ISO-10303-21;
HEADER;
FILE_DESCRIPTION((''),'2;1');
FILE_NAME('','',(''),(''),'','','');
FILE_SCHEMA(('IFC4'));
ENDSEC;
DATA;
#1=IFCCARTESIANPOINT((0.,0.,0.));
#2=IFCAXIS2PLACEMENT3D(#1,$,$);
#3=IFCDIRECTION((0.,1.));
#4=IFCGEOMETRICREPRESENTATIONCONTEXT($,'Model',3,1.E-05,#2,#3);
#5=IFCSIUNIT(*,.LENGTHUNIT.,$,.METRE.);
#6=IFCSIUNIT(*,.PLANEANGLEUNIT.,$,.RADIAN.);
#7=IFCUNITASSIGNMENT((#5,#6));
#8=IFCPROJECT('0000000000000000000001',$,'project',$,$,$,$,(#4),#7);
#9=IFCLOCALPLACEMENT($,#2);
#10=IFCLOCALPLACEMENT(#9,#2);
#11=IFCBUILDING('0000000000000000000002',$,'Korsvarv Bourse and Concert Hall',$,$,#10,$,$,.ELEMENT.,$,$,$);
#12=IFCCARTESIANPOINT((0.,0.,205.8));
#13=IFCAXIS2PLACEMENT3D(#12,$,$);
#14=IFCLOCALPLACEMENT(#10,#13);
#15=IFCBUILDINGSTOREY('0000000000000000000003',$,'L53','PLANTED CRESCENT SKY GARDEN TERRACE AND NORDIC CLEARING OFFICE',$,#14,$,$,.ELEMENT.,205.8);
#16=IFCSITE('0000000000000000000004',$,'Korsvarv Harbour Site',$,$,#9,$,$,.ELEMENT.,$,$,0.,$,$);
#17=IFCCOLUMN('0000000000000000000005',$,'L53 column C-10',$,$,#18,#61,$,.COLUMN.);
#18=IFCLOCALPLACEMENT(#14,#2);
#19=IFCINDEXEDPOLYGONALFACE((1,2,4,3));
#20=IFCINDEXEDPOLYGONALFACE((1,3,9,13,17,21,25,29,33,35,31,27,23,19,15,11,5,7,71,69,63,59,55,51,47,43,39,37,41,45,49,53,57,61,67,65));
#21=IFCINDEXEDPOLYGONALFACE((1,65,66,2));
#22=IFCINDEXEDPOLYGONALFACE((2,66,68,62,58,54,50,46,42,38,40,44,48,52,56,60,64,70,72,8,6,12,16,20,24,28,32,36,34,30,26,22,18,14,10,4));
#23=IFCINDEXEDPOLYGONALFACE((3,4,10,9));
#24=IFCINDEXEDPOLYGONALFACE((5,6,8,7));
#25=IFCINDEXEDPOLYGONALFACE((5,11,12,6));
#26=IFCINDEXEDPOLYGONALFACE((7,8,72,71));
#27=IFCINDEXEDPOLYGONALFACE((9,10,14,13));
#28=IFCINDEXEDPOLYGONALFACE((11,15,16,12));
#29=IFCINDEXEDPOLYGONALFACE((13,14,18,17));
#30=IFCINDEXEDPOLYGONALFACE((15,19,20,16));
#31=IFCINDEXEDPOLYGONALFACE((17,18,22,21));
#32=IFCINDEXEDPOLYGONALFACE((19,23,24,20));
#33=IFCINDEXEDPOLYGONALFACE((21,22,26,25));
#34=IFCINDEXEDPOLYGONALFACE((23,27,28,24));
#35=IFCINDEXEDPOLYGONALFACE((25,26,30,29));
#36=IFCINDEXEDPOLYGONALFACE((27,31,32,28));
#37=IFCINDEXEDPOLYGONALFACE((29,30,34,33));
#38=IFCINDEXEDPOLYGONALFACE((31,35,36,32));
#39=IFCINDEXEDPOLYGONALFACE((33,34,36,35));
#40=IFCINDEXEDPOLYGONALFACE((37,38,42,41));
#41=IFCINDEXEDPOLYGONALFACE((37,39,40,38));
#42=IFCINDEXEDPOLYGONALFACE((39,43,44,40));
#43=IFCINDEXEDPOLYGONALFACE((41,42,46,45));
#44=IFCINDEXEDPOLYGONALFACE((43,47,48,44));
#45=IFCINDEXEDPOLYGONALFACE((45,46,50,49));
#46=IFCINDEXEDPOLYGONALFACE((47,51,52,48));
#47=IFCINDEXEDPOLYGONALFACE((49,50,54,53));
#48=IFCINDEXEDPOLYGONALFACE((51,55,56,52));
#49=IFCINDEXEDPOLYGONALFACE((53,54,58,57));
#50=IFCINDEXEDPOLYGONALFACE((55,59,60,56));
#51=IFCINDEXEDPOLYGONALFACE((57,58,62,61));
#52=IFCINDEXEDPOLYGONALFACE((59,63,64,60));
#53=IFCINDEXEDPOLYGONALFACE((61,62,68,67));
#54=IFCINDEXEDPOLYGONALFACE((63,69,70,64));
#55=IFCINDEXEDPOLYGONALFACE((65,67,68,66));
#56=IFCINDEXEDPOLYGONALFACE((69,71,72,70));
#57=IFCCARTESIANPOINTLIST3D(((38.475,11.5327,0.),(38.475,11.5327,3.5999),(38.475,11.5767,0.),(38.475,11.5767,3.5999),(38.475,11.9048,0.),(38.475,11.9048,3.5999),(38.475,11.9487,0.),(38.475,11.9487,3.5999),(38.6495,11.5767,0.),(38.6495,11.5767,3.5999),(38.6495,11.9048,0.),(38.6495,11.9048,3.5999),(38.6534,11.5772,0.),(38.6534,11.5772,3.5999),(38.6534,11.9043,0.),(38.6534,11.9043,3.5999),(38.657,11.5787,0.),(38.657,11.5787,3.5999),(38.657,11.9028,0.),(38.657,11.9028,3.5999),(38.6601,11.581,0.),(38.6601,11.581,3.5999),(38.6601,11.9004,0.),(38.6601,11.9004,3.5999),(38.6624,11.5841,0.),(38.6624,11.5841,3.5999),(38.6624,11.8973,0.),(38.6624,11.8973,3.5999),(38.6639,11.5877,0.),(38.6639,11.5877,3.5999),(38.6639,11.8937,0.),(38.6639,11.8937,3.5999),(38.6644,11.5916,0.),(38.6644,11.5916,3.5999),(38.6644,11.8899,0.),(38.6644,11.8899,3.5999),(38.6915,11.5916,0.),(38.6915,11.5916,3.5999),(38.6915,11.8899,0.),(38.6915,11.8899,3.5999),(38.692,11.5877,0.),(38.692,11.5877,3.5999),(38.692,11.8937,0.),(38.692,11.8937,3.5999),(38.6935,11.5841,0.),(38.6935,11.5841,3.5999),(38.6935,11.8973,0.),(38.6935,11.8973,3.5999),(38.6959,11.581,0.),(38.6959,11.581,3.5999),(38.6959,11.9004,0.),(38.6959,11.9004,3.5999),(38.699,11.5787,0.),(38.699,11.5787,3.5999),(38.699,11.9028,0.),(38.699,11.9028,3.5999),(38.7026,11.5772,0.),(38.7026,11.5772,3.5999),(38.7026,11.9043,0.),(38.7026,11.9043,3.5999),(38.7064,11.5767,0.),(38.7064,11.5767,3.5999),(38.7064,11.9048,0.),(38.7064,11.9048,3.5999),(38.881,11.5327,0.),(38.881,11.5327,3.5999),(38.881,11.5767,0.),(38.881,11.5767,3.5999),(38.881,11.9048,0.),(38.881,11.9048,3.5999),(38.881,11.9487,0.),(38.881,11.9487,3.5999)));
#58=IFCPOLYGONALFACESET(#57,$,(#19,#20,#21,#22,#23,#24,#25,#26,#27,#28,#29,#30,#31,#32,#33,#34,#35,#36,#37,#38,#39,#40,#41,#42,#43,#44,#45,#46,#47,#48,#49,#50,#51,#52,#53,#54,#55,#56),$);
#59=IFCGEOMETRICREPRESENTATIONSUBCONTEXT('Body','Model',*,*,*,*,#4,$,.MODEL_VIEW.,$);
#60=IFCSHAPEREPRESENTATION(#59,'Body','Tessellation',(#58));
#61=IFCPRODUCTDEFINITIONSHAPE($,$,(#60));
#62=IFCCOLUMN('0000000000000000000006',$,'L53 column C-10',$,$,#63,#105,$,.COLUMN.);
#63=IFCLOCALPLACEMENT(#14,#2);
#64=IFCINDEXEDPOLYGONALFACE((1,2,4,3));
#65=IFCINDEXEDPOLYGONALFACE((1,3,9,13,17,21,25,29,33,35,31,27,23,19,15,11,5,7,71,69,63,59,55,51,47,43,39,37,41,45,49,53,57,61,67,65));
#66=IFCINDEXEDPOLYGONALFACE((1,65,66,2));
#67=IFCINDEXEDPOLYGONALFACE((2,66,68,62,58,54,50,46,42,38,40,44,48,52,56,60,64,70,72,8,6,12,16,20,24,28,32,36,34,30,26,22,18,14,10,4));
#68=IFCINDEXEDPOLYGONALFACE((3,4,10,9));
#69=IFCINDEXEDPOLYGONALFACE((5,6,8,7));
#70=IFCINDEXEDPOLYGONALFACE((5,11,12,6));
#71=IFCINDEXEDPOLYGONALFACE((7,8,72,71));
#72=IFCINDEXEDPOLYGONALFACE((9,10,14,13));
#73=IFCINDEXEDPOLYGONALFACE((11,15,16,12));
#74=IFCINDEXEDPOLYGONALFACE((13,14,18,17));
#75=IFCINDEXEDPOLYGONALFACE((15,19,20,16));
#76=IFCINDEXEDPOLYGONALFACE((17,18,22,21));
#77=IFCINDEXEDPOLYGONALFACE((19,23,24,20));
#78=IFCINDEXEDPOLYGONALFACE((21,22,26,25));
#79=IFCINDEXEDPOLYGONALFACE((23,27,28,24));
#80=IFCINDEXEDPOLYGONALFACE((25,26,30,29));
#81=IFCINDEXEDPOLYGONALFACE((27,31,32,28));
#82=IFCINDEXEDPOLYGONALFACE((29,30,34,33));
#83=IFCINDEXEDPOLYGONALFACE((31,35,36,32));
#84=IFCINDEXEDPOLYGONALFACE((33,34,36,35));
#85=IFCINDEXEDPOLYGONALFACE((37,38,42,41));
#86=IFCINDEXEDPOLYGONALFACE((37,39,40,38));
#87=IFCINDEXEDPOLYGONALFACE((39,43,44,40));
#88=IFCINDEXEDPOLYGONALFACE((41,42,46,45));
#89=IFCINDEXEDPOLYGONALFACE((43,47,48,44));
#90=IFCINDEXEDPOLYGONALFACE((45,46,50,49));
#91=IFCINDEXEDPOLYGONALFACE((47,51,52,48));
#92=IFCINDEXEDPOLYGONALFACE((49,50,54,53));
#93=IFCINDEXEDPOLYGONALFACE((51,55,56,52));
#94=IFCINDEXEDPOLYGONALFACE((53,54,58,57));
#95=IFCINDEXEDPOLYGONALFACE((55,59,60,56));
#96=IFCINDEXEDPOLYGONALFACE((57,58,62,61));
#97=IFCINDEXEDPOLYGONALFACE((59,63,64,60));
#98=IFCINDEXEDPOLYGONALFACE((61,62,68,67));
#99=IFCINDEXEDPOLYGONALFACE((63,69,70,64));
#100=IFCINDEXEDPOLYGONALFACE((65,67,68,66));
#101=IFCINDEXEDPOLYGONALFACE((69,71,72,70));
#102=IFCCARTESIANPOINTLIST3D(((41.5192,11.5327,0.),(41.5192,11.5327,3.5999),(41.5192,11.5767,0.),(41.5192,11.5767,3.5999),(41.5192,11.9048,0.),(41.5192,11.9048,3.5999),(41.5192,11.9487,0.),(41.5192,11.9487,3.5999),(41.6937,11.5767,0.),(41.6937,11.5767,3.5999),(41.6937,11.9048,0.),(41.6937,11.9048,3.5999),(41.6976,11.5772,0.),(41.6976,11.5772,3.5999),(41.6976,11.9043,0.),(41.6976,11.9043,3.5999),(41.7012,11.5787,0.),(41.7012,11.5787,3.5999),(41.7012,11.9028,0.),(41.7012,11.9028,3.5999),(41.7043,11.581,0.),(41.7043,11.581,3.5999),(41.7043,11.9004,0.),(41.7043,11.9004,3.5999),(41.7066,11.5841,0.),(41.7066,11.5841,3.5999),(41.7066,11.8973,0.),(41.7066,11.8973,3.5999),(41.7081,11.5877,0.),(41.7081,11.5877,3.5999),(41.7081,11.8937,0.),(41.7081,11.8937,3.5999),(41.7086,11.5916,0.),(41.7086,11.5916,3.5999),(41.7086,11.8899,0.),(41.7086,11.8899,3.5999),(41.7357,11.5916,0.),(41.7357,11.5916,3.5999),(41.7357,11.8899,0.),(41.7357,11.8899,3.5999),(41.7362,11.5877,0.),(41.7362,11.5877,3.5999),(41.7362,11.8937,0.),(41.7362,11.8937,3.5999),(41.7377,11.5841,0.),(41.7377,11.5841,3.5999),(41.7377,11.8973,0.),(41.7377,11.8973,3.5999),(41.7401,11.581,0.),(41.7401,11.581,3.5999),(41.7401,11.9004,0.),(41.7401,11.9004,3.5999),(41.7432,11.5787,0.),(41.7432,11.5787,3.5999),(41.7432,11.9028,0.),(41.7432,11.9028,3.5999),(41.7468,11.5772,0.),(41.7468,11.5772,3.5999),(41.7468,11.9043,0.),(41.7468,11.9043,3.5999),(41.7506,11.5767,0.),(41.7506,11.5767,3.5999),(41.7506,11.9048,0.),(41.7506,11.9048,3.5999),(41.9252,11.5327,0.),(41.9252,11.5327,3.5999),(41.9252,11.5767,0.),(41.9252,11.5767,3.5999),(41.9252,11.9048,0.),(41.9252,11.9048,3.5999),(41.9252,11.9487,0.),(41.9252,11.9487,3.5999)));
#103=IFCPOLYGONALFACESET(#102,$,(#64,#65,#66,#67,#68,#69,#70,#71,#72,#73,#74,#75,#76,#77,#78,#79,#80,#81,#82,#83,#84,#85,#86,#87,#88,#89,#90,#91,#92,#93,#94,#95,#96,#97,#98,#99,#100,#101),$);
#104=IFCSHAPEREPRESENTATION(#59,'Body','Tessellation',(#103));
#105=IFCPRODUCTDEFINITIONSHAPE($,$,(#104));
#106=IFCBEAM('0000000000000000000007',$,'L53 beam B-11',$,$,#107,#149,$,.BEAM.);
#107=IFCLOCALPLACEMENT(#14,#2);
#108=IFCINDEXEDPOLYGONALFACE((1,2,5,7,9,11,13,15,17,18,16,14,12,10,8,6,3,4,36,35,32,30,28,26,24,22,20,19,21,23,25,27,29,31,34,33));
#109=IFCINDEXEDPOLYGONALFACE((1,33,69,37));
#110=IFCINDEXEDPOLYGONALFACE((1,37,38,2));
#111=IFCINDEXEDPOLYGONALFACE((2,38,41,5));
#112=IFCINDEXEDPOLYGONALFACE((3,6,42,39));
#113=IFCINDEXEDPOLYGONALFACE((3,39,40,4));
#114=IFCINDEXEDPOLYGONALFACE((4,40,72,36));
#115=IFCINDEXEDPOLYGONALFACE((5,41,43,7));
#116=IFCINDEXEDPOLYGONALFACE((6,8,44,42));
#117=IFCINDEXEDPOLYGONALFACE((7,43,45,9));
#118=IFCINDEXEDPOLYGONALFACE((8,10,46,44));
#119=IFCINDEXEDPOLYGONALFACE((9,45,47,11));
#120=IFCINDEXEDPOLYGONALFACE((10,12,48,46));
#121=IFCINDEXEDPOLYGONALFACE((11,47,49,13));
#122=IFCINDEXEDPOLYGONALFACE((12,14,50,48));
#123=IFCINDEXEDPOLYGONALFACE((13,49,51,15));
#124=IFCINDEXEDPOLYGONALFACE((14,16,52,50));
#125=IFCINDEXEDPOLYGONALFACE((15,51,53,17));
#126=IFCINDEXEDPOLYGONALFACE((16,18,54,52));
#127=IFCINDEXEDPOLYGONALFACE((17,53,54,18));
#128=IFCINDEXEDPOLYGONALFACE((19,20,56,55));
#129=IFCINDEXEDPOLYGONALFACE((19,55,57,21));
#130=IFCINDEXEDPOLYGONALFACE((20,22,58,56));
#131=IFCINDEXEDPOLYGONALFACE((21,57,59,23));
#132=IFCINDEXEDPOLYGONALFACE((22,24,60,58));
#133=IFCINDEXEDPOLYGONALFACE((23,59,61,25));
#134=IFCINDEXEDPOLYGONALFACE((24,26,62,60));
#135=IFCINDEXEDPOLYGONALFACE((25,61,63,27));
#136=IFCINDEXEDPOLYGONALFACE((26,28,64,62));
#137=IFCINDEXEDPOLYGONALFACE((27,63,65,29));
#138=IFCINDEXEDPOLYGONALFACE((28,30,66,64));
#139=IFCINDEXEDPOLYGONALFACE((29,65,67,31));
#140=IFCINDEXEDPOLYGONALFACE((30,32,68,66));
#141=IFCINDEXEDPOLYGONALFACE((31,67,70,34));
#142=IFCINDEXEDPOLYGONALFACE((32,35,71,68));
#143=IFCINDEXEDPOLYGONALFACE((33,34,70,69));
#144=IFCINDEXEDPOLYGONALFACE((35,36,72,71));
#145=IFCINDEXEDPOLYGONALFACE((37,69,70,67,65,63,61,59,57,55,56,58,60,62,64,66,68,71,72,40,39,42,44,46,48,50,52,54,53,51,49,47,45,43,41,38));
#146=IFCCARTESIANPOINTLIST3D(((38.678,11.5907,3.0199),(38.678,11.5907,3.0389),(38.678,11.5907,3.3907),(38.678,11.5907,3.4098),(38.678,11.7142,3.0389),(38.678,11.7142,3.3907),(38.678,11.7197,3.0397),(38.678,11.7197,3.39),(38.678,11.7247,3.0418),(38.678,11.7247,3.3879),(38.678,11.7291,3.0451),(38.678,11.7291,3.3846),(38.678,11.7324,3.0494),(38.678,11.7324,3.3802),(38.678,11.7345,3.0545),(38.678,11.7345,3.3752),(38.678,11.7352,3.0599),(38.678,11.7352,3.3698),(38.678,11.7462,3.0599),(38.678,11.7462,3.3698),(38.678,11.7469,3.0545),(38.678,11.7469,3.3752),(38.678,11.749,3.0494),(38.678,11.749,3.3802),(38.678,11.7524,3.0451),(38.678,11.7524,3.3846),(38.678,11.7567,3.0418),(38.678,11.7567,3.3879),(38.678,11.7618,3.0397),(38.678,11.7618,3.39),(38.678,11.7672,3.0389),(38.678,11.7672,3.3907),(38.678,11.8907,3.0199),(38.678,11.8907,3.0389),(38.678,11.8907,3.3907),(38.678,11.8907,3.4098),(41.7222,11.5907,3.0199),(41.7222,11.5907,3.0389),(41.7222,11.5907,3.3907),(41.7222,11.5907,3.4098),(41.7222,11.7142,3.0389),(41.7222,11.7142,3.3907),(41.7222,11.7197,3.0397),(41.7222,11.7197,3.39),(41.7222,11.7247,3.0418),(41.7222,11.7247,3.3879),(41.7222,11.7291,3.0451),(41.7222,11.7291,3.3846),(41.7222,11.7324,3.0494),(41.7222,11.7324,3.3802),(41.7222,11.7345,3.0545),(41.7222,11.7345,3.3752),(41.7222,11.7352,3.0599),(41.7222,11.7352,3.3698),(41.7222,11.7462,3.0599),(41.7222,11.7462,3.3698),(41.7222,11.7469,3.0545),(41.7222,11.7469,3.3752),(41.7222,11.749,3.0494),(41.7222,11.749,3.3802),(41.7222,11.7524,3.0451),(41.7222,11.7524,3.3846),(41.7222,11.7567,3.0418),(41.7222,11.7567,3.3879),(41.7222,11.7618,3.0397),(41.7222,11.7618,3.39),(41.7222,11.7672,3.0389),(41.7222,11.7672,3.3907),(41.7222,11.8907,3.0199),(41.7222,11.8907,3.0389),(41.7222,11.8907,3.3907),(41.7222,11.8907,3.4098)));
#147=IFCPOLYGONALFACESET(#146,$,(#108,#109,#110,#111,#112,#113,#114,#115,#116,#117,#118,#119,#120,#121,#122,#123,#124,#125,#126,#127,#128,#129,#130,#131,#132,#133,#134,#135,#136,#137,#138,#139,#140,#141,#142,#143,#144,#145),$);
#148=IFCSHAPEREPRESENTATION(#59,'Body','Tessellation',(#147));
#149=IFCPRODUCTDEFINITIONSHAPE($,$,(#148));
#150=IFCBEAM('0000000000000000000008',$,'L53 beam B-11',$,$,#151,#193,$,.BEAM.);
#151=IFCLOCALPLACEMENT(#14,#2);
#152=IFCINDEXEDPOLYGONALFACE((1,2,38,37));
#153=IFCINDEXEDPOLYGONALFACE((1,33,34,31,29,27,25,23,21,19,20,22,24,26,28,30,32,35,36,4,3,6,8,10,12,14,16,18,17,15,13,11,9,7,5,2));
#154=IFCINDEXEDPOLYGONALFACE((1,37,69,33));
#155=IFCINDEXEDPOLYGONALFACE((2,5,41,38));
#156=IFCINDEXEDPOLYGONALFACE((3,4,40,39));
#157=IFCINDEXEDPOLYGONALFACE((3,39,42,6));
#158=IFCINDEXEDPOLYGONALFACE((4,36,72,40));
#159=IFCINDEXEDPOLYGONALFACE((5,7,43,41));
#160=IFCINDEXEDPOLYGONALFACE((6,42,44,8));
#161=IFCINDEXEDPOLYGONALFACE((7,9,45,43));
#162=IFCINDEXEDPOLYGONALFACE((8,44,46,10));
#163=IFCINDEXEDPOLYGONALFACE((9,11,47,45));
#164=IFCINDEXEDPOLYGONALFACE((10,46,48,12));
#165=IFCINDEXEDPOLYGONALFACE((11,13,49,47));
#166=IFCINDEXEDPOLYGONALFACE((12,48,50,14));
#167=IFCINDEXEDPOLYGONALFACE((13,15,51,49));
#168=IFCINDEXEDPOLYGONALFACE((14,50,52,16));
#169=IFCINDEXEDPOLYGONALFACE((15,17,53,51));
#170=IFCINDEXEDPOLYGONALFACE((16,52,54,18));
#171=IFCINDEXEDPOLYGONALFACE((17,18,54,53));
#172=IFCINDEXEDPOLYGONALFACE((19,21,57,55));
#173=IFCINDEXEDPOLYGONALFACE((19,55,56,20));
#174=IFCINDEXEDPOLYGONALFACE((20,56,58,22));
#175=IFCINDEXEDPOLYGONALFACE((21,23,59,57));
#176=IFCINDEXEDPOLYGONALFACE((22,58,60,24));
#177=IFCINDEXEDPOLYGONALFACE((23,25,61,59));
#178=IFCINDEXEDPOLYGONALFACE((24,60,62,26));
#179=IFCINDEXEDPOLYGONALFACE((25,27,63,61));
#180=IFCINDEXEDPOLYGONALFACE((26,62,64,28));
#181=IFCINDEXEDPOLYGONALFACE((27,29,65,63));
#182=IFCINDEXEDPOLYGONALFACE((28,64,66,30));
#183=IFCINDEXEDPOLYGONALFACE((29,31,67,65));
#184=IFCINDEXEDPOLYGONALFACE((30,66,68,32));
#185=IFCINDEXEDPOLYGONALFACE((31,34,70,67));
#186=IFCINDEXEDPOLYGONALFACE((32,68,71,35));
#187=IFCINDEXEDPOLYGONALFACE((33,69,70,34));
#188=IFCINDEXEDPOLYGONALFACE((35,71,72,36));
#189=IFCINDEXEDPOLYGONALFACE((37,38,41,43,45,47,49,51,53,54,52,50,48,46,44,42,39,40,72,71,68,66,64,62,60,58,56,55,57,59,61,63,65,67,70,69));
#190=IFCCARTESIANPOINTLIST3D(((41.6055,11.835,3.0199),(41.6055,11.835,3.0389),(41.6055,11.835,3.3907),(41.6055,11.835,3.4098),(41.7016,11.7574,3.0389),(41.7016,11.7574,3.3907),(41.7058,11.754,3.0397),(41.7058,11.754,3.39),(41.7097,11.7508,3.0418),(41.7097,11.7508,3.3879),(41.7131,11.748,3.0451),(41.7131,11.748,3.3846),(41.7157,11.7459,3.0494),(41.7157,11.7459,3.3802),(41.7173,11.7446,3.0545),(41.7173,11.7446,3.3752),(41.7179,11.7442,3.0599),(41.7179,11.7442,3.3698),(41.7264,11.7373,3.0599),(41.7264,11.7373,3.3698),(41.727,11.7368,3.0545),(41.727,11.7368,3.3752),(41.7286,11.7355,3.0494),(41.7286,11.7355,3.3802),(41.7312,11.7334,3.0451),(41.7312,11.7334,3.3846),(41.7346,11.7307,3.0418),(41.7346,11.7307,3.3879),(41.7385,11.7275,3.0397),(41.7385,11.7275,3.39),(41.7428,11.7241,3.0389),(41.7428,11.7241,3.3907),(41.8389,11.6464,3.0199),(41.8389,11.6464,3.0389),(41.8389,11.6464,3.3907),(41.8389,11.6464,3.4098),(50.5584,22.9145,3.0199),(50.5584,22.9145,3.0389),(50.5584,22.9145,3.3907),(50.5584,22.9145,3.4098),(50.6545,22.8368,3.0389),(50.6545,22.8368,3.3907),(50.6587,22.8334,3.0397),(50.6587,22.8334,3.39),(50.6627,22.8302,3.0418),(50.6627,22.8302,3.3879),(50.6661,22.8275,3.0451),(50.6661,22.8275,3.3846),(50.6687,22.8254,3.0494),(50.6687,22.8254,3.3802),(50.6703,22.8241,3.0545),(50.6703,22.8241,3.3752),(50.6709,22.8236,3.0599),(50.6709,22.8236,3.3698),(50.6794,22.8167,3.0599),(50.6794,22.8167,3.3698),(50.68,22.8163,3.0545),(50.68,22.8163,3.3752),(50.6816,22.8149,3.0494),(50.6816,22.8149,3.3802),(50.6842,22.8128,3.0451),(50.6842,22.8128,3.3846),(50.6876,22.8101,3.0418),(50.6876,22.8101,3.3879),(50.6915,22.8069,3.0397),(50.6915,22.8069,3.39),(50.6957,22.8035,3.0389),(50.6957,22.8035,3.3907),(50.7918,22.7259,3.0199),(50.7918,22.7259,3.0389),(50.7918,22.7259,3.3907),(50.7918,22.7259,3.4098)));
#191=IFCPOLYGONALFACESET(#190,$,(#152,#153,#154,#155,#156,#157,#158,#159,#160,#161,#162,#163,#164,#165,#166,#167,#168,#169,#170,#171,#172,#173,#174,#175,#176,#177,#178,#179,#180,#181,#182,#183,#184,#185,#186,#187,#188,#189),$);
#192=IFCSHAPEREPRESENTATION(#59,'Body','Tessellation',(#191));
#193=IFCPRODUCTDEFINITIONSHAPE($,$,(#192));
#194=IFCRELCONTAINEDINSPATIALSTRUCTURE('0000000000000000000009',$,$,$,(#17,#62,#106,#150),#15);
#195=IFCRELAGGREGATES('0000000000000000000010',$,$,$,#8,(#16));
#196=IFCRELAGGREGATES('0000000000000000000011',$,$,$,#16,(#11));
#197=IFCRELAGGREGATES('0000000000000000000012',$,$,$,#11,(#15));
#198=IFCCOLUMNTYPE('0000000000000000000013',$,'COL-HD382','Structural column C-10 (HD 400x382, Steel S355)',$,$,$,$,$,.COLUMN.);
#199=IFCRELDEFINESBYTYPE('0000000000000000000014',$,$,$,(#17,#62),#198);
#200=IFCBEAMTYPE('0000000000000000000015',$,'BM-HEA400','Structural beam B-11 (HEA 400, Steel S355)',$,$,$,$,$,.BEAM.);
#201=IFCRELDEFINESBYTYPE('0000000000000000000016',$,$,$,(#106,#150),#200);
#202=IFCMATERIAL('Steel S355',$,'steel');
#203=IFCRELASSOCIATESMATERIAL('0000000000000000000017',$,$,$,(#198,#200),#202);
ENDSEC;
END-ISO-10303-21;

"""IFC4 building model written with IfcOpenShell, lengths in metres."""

from ifc_helpers import new_model, si_unit, direction, frame, origin, origin_2d, place, context, subcontext, project, spatial, i_section, extrude, source, transform, mapped, material, material_profile, profile_set, type_object, element, save


model = new_model("IFC4")

# Units and contexts
model_context = context("Model", 3, precision=1e-05, world=origin(), true_north=direction((0.0, 1.0)))
body_context = subcontext(model_context, "Body", "Model", "MODEL_VIEW")
ifc_project = project(units=[si_unit("LENGTHUNIT", "METRE"), si_unit("PLANEANGLEUNIT", "RADIAN")], contexts=[model_context])

# Site, building, storey
site_placement = place(None, origin())
site = spatial("IfcSite", under=ifc_project, at=site_placement, Name="Korsvarv Harbour Site", CompositionType="ELEMENT", RefElevation=0.0)
building_placement = place(site_placement, origin())
building = spatial("IfcBuilding", under=site, at=building_placement, Name="Korsvarv Bourse and Concert Hall", CompositionType="ELEMENT")
storey_placement = place(building_placement, frame((0.0, 0.0, 205.8)))
storey = spatial("IfcBuildingStorey", under=building, at=storey_placement, Name="L53", Description="PLANTED CRESCENT SKY GARDEN TERRACE AND NORDIC CLEARING OFFICE", CompositionType="ELEMENT", Elevation=205.8)

# Columns
ifc_material_1 = material(Name="Steel S355", Category="steel")
ifc_material_profile_1 = material_profile(ifc_material_1, i_section(OverallWidth=0.406, OverallDepth=0.416, WebThickness=0.0271, FlangeThickness=0.0439, FilletRadius=0.0149, at=origin_2d()), Name="HD 400x382")
ifc_profile_set_1 = profile_set([ifc_material_profile_1], Name="Steel S355")
column_type = type_object("IfcColumnType", Name="COL-HD382", Description="Structural column C-10 (HD 400x382, Steel S355)", PredefinedType="COLUMN", material=ifc_profile_set_1)
shared_shape_1 = source(origin(), body_context, "Body", "SweptSolid", [
    extrude(i_section(OverallWidth=0.406, OverallDepth=0.416, WebThickness=0.0271, FlangeThickness=0.0439, FilletRadius=0.0149, at=origin_2d()), origin(), (0.0, 0.0, 1.0), 3.5999),
])
for number, where, z_axis, x_axis, name in (
    (1, (38.678, 11.7407, 0.0), (0.0, 0.0, 1.0), (1.0, 0.0, 0.0), "L53 column C-10"),
    (2, (41.7222, 11.7407, 0.0), (0.0, 0.0, 1.0), (1.0, 0.0, 0.0), "L53 column C-10"),
):
    element("IfcColumn", number, at=place(storey_placement, frame(where, z_axis=z_axis, x_axis=x_axis)), inside=storey, type_object=column_type, Name=name, PredefinedType="COLUMN", context=body_context, shape_type="MappedRepresentation", body=[
        mapped(shared_shape_1, transform((0.0, 0.0, 0.0), scale=1.0)),
    ])

# Beams
ifc_material_profile_2 = material_profile(ifc_material_1, i_section(OverallWidth=0.3, OverallDepth=0.3899, WebThickness=0.011, FlangeThickness=0.019, FilletRadius=0.021, at=origin_2d()), Name="HEA 400")
ifc_profile_set_2 = profile_set([ifc_material_profile_2], Name="Steel S355")
beam_type_1 = type_object("IfcBeamType", Name="BM-HEA400", Description="Structural beam B-11 (HEA 400, Steel S355)", PredefinedType="BEAM", material=ifc_profile_set_2)
shared_shape_2 = source(origin(), body_context, "Body", "SweptSolid", [
    extrude(i_section(OverallWidth=0.3, OverallDepth=0.3899, WebThickness=0.011, FlangeThickness=0.019, FilletRadius=0.021, at=origin_2d()), origin(), (0.0, 0.0, 1.0), 3.0442),
])
beam_1_placement = place(storey_placement, frame((38.678, 11.7407, 3.2148), z_axis=(1.0, 0.0, 0.0), x_axis=(0.0, 1.0, 0.0)))
element("IfcBeam", 3, at=beam_1_placement, inside=storey, type_object=beam_type_1, Name="L53 beam B-11", PredefinedType="BEAM", context=body_context, shape_type="MappedRepresentation", body=[
    mapped(shared_shape_2, transform((0.0, 0.0, 0.0), scale=1.0)),
])
shared_shape_3 = source(origin(), body_context, "Body", "SweptSolid", [
    extrude(i_section(OverallWidth=0.3, OverallDepth=0.3899, WebThickness=0.011, FlangeThickness=0.019, FilletRadius=0.021, at=origin_2d()), origin(), (0.0, 0.0, 1.0), 14.2446),
])
beam_2_placement = place(storey_placement, frame((41.7222, 11.7407, 3.2148), z_axis=(0.628515, 0.777798, 0.0), x_axis=(-0.777798, 0.628515, 0.0)))
element("IfcBeam", 4, at=beam_2_placement, inside=storey, type_object=beam_type_1, Name="L53 beam B-11", PredefinedType="BEAM", context=body_context, shape_type="MappedRepresentation", body=[
    mapped(shared_shape_3, transform((0.0, 0.0, 0.0), scale=1.0)),
])

save(model, "model.ifc")
